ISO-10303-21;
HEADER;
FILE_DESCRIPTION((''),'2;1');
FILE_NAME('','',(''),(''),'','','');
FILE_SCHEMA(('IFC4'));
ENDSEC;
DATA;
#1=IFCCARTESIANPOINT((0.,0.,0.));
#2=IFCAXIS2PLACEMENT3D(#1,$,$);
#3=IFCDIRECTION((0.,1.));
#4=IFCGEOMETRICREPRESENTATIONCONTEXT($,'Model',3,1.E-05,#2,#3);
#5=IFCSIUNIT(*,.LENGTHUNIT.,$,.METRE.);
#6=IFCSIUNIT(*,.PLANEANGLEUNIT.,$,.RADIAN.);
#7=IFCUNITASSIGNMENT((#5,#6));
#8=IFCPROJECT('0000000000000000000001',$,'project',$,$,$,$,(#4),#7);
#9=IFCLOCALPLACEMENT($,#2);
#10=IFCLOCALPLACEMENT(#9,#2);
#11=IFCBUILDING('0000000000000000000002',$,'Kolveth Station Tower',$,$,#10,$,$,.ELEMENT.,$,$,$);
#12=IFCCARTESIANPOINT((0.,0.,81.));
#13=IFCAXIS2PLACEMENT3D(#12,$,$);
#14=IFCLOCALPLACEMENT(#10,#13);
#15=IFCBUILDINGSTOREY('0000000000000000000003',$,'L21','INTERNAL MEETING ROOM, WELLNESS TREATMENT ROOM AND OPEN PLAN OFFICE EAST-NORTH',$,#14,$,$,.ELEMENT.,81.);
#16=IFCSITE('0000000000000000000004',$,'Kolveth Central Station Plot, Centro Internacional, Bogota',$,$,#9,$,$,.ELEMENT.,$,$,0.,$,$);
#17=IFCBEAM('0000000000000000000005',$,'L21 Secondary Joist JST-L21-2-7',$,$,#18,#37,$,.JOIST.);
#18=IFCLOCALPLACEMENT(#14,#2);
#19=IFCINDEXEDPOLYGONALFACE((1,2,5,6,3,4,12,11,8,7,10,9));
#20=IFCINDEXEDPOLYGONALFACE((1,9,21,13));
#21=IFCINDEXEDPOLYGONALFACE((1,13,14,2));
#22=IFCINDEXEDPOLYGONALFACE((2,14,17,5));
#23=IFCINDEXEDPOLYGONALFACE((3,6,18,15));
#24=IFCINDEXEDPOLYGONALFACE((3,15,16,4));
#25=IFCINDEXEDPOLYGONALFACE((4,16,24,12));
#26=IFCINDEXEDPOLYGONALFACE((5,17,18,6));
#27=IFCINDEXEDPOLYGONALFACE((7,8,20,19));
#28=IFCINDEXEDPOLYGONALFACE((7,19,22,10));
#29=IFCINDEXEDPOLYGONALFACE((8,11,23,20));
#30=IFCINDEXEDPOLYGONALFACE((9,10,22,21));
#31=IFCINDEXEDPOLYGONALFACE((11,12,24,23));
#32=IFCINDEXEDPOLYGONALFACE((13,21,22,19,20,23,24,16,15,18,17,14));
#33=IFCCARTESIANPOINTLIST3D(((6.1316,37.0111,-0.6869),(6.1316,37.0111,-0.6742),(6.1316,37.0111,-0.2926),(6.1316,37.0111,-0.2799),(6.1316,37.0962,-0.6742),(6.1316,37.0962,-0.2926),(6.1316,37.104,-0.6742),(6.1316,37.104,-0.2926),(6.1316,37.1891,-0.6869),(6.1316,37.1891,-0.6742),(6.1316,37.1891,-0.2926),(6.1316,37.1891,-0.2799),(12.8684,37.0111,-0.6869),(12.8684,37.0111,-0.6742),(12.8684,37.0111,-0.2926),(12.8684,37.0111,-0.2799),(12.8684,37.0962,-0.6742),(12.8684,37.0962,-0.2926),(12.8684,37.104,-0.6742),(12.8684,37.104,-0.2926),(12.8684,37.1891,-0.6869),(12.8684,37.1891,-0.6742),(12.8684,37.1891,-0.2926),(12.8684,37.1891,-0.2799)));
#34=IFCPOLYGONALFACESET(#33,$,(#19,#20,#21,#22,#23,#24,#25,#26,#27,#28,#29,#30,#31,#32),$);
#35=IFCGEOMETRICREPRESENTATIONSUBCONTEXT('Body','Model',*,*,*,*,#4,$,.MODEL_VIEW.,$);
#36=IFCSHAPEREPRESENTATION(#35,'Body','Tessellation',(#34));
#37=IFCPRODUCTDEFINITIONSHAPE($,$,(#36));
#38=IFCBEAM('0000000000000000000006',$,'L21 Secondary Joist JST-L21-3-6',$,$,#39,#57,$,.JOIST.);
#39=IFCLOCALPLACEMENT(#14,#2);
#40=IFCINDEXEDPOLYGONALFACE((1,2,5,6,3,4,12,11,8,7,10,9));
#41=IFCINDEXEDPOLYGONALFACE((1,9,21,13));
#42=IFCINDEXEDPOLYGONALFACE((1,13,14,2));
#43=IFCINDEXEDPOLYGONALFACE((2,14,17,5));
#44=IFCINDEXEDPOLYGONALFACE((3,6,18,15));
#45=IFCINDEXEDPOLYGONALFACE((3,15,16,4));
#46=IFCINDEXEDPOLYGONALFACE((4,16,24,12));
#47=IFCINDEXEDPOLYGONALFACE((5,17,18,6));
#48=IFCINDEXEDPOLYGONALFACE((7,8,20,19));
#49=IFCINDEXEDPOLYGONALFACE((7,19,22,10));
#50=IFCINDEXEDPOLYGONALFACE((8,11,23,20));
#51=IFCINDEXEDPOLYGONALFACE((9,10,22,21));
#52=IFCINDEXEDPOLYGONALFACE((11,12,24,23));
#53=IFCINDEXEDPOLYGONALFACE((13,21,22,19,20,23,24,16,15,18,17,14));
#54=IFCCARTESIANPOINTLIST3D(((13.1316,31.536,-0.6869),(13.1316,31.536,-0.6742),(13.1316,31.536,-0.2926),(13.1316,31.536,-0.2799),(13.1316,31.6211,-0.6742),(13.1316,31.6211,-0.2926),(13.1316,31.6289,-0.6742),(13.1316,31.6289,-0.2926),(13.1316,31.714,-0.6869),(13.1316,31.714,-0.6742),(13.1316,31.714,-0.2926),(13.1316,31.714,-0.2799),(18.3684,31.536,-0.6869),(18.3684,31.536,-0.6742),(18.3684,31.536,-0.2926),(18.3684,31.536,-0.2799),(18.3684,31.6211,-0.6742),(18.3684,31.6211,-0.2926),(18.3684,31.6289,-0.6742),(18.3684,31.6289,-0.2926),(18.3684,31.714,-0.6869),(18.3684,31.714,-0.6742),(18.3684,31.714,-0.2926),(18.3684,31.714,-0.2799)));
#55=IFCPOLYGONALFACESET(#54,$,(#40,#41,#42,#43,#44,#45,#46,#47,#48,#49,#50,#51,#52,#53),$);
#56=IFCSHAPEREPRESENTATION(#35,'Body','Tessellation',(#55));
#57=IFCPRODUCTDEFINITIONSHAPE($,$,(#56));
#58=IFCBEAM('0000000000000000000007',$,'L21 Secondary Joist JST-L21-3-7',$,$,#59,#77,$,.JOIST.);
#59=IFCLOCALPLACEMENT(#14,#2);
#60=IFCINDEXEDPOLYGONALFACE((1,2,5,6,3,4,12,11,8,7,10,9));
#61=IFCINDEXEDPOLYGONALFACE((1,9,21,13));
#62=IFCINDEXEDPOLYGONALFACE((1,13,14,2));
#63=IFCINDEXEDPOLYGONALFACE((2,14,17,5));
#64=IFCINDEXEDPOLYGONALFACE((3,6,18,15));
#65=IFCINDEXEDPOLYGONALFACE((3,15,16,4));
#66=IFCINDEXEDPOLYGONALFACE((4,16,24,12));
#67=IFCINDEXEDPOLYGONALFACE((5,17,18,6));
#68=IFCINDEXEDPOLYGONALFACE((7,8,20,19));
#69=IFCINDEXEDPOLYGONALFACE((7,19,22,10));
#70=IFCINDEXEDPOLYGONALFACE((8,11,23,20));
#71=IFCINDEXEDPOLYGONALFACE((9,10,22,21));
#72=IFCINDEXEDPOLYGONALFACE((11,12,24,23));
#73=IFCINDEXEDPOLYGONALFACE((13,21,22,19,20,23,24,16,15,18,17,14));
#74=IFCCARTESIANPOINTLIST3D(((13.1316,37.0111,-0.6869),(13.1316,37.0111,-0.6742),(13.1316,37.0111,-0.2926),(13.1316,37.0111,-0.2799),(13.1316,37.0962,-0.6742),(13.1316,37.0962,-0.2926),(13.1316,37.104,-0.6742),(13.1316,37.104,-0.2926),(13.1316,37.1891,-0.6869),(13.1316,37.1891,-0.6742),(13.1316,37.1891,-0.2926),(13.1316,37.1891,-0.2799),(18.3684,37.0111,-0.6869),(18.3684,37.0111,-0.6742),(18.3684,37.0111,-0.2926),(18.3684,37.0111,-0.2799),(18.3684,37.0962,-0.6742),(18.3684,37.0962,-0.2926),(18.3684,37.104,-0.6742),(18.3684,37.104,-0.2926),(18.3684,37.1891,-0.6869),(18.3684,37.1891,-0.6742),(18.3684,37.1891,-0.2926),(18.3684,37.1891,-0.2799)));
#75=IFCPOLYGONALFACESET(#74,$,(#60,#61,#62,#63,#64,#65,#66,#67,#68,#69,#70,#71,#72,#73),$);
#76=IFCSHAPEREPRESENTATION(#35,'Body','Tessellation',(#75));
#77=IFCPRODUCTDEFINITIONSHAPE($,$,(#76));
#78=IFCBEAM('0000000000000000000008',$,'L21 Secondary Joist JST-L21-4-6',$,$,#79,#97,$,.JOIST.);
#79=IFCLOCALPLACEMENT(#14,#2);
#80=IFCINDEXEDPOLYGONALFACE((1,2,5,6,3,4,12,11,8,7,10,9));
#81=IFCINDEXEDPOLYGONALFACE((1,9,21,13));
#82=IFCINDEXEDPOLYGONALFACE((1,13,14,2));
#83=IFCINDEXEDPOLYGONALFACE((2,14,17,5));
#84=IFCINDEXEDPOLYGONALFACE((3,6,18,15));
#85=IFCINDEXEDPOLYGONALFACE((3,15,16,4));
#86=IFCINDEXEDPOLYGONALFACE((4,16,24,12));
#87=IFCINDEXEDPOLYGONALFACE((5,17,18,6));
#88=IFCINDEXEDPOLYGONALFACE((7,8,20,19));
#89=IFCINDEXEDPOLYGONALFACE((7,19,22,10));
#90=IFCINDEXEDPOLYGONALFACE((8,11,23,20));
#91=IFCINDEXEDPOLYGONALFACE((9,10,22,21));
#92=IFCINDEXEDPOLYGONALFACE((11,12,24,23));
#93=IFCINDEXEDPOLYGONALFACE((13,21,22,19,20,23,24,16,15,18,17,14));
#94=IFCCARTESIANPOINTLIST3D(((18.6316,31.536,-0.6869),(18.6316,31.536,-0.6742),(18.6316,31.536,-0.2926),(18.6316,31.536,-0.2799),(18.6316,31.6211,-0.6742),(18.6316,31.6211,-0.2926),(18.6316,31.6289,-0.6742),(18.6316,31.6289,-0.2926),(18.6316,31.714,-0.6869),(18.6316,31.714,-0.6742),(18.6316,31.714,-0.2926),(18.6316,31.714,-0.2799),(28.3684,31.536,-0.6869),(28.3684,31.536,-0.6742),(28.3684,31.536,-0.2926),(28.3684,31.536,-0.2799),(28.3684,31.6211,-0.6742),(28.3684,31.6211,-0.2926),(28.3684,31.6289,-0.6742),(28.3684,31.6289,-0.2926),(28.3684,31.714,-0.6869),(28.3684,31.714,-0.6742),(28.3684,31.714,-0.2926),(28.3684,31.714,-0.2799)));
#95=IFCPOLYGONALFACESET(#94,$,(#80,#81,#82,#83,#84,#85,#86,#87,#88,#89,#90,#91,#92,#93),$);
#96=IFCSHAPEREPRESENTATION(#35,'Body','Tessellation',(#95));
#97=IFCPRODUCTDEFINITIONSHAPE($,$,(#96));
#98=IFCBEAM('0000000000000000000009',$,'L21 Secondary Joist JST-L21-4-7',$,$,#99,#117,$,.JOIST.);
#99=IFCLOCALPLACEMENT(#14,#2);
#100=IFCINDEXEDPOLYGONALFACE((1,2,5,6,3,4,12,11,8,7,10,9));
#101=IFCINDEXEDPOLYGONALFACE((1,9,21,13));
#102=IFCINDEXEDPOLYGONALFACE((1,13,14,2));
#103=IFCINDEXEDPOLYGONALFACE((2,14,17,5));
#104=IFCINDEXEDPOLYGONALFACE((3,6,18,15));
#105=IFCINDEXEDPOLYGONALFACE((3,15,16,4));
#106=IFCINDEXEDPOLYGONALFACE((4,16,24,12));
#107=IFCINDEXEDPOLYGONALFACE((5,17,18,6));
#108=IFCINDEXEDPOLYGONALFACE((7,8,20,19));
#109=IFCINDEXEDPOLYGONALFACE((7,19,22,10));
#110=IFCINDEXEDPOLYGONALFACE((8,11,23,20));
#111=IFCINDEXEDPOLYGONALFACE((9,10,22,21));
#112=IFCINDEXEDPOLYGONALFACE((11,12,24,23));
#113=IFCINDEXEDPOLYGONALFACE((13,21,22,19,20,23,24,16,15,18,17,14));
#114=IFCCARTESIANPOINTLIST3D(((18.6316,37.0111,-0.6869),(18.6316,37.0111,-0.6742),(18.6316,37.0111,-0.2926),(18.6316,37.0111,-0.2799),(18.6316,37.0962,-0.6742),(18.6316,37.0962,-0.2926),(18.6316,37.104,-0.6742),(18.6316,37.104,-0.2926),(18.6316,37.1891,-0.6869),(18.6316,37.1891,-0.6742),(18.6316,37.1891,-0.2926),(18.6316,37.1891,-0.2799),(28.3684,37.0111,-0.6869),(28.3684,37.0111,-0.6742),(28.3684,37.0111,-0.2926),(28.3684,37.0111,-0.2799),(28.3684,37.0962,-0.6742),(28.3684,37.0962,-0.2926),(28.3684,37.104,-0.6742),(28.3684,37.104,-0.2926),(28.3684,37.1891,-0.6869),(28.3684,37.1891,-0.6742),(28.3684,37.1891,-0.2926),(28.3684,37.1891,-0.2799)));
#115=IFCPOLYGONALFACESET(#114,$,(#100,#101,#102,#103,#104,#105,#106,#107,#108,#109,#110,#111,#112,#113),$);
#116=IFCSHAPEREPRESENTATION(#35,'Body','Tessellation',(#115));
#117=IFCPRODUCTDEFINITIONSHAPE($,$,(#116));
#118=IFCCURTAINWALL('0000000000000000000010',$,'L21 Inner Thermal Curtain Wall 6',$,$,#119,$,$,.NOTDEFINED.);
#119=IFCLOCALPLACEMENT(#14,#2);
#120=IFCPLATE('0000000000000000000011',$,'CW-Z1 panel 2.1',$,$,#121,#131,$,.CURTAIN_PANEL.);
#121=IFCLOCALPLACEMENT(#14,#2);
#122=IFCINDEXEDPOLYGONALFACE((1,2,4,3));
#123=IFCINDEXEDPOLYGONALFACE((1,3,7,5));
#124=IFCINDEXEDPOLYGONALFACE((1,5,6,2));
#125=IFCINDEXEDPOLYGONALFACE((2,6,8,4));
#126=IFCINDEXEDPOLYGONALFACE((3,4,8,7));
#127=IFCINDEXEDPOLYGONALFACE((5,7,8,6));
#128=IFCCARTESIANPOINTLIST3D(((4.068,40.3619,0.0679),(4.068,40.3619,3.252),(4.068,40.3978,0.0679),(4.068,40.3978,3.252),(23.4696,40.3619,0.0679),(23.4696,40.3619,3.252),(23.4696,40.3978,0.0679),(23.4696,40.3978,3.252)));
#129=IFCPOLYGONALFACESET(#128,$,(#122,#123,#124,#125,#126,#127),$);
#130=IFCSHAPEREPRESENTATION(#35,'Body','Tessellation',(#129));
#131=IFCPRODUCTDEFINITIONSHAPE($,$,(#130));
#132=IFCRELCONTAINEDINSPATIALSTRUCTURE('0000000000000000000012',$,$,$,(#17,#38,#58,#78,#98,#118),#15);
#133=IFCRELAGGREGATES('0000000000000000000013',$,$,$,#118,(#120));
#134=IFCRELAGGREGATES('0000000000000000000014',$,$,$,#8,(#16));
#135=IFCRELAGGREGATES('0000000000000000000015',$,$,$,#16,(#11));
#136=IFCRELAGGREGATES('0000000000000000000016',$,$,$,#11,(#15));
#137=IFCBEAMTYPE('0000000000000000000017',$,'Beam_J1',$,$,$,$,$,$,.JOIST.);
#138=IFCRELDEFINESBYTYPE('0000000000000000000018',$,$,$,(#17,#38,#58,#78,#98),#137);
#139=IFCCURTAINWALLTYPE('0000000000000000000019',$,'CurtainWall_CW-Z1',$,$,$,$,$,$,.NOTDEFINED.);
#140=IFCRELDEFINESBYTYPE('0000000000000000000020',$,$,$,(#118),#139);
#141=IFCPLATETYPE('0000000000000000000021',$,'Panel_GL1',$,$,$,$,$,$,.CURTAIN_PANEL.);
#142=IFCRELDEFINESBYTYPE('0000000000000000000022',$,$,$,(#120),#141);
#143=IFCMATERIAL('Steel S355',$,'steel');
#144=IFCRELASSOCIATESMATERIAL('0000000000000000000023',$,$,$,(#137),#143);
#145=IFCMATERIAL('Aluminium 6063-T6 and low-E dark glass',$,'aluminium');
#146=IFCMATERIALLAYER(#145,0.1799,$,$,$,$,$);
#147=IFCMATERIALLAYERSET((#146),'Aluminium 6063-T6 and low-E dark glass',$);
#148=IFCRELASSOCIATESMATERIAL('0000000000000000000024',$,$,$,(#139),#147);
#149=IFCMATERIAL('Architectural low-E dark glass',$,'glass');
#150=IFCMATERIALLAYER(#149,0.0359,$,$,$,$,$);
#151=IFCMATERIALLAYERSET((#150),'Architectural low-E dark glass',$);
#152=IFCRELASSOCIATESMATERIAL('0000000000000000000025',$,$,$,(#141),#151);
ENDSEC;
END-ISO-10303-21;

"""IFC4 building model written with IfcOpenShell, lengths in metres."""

from ifc_helpers import new_model, si_unit, direction, frame, origin, origin_2d, place, context, subcontext, project, spatial, rectangle, i_section, extrude, source, transform, mapped, material, layer, layer_set, material_profile, profile_set, type_object, element, aggregate, save


model = new_model("IFC4")

# Units and contexts
model_context = context("Model", 3, precision=1e-05, world=origin(), true_north=direction((0.0, 1.0)))
body_context = subcontext(model_context, "Body", "Model", "MODEL_VIEW")
ifc_project = project(units=[si_unit("LENGTHUNIT", "METRE"), si_unit("PLANEANGLEUNIT", "RADIAN")], contexts=[model_context])

# Site, building, storey
site_placement = place(None, origin())
site = spatial("IfcSite", under=ifc_project, at=site_placement, Name="Kolveth Central Station Plot, Centro Internacional, Bogota", CompositionType="ELEMENT", RefElevation=0.0)
building_placement = place(site_placement, origin())
building = spatial("IfcBuilding", under=site, at=building_placement, Name="Kolveth Station Tower", CompositionType="ELEMENT")
storey_placement = place(building_placement, frame((0.0, 0.0, 81.0)))
storey = spatial("IfcBuildingStorey", under=building, at=storey_placement, Name="L21", Description="INTERNAL MEETING ROOM, WELLNESS TREATMENT ROOM AND OPEN PLAN OFFICE EAST-NORTH", CompositionType="ELEMENT", Elevation=81.0)

# Shared definitions
ifc_material_1 = material(Name="Steel S355", Category="steel")

# Beams
ifc_material_profile_1 = material_profile(ifc_material_1, i_section(OverallWidth=0.178, OverallDepth=0.407, WebThickness=0.0078, FlangeThickness=0.0127, at=origin_2d()), Name="W410x60")
ifc_profile_set_1 = profile_set([ifc_material_profile_1], Name="Steel S355")
beam_type_1 = type_object("IfcBeamType", Name="Beam_J1", PredefinedType="JOIST", material=ifc_profile_set_1)
shared_shape_1 = source(origin(), body_context, "Body", "SweptSolid", [
    extrude(i_section(OverallWidth=0.178, OverallDepth=0.407, WebThickness=0.0078, FlangeThickness=0.0127, at=origin_2d()), origin(), (0.0, 0.0, 1.0), 6.7368),
])
for number, where, z_axis, x_axis, name in (
    (1, (6.1316, 37.1001, -0.4834), (1.0, 0.0, 0.0), (0.0, 1.0, 0.0), "L21 Secondary Joist JST-L21-2-7"),
):
    element("IfcBeam", number, at=place(storey_placement, frame(where, z_axis=z_axis, x_axis=x_axis)), inside=storey, type_object=beam_type_1, Name=name, PredefinedType="JOIST", context=body_context, shape_type="MappedRepresentation", body=[
        mapped(shared_shape_1, transform((0.0, 0.0, 0.0), x_axis=(1.0, 0.0, 0.0), y_axis=(0.0, 1.0, 0.0), z_axis=(0.0, 0.0, 1.0), scale=1.0)),
    ])
shared_shape_2 = source(origin(), body_context, "Body", "SweptSolid", [
    extrude(i_section(OverallWidth=0.178, OverallDepth=0.407, WebThickness=0.0078, FlangeThickness=0.0127, at=origin_2d()), origin(), (0.0, 0.0, 1.0), 5.2368),
])
for number, where, z_axis, x_axis, name in (
    (2, (13.1316, 31.625, -0.4834), (1.0, 0.0, 0.0), (0.0, 1.0, 0.0), "L21 Secondary Joist JST-L21-3-6"),
    (3, (13.1316, 37.1001, -0.4834), (1.0, 0.0, 0.0), (0.0, 1.0, 0.0), "L21 Secondary Joist JST-L21-3-7"),
):
    element("IfcBeam", number, at=place(storey_placement, frame(where, z_axis=z_axis, x_axis=x_axis)), inside=storey, type_object=beam_type_1, Name=name, PredefinedType="JOIST", context=body_context, shape_type="MappedRepresentation", body=[
        mapped(shared_shape_2, transform((0.0, 0.0, 0.0), x_axis=(1.0, 0.0, 0.0), y_axis=(0.0, 1.0, 0.0), z_axis=(0.0, 0.0, 1.0), scale=1.0)),
    ])
shared_shape_3 = source(origin(), body_context, "Body", "SweptSolid", [
    extrude(i_section(OverallWidth=0.178, OverallDepth=0.407, WebThickness=0.0078, FlangeThickness=0.0127, at=origin_2d()), origin(), (0.0, 0.0, 1.0), 9.7368),
])
for number, where, z_axis, x_axis, name in (
    (4, (18.6316, 31.625, -0.4834), (1.0, 0.0, 0.0), (0.0, 1.0, 0.0), "L21 Secondary Joist JST-L21-4-6"),
    (5, (18.6316, 37.1001, -0.4834), (1.0, 0.0, 0.0), (0.0, 1.0, 0.0), "L21 Secondary Joist JST-L21-4-7"),
):
    element("IfcBeam", number, at=place(storey_placement, frame(where, z_axis=z_axis, x_axis=x_axis)), inside=storey, type_object=beam_type_1, Name=name, PredefinedType="JOIST", context=body_context, shape_type="MappedRepresentation", body=[
        mapped(shared_shape_3, transform((0.0, 0.0, 0.0), x_axis=(1.0, 0.0, 0.0), y_axis=(0.0, 1.0, 0.0), z_axis=(0.0, 0.0, 1.0), scale=1.0)),
    ])

# Curtain wall, plate
ifc_material_2 = material(Name="Aluminium 6063-T6 and low-E dark glass", Category="aluminium")
ifc_layer_1 = layer(ifc_material_2, 0.1799)
ifc_layer_set_1 = layer_set([ifc_layer_1], Name="Aluminium 6063-T6 and low-E dark glass")
curtain_wall_type = type_object("IfcCurtainWallType", Name="CurtainWall_CW-Z1", PredefinedType="NOTDEFINED", material=ifc_layer_set_1)
curtain_wall_placement = place(storey_placement, origin())
curtain_wall = element("IfcCurtainWall", 6, at=curtain_wall_placement, inside=storey, type_object=curtain_wall_type, Name="L21 Inner Thermal Curtain Wall 6", PredefinedType="NOTDEFINED")
ifc_material_3 = material(Name="Architectural low-E dark glass", Category="glass")
ifc_layer_2 = layer(ifc_material_3, 0.0359)
ifc_layer_set_2 = layer_set([ifc_layer_2], Name="Architectural low-E dark glass")
plate_type = type_object("IfcPlateType", Name="Panel_GL1", PredefinedType="CURTAIN_PANEL", material=ifc_layer_set_2)
shared_shape_4 = source(origin(), body_context, "Body", "SweptSolid", [
    extrude(rectangle(XDim=19.4016, YDim=0.0359, at=origin_2d()), origin(), (0.0, 0.0, 1.0), 3.1841),
])
plate_placement = place(storey_placement, frame((13.7688, 40.3799, 0.0679), z_axis=(0.0, 0.0, 1.0), x_axis=(-1.0, 0.0, 0.0)))
plate = element("IfcPlate", 7, at=plate_placement, type_object=plate_type, Name="CW-Z1 panel 2.1", PredefinedType="CURTAIN_PANEL", context=body_context, shape_type="MappedRepresentation", body=[
    mapped(shared_shape_4, transform((0.0, 0.0, 0.0), x_axis=(1.0, 0.0, 0.0), y_axis=(0.0, 1.0, 0.0), z_axis=(0.0, 0.0, 1.0), scale=1.0)),
])
aggregate(curtain_wall, [plate])

save(model, "model.ifc")
